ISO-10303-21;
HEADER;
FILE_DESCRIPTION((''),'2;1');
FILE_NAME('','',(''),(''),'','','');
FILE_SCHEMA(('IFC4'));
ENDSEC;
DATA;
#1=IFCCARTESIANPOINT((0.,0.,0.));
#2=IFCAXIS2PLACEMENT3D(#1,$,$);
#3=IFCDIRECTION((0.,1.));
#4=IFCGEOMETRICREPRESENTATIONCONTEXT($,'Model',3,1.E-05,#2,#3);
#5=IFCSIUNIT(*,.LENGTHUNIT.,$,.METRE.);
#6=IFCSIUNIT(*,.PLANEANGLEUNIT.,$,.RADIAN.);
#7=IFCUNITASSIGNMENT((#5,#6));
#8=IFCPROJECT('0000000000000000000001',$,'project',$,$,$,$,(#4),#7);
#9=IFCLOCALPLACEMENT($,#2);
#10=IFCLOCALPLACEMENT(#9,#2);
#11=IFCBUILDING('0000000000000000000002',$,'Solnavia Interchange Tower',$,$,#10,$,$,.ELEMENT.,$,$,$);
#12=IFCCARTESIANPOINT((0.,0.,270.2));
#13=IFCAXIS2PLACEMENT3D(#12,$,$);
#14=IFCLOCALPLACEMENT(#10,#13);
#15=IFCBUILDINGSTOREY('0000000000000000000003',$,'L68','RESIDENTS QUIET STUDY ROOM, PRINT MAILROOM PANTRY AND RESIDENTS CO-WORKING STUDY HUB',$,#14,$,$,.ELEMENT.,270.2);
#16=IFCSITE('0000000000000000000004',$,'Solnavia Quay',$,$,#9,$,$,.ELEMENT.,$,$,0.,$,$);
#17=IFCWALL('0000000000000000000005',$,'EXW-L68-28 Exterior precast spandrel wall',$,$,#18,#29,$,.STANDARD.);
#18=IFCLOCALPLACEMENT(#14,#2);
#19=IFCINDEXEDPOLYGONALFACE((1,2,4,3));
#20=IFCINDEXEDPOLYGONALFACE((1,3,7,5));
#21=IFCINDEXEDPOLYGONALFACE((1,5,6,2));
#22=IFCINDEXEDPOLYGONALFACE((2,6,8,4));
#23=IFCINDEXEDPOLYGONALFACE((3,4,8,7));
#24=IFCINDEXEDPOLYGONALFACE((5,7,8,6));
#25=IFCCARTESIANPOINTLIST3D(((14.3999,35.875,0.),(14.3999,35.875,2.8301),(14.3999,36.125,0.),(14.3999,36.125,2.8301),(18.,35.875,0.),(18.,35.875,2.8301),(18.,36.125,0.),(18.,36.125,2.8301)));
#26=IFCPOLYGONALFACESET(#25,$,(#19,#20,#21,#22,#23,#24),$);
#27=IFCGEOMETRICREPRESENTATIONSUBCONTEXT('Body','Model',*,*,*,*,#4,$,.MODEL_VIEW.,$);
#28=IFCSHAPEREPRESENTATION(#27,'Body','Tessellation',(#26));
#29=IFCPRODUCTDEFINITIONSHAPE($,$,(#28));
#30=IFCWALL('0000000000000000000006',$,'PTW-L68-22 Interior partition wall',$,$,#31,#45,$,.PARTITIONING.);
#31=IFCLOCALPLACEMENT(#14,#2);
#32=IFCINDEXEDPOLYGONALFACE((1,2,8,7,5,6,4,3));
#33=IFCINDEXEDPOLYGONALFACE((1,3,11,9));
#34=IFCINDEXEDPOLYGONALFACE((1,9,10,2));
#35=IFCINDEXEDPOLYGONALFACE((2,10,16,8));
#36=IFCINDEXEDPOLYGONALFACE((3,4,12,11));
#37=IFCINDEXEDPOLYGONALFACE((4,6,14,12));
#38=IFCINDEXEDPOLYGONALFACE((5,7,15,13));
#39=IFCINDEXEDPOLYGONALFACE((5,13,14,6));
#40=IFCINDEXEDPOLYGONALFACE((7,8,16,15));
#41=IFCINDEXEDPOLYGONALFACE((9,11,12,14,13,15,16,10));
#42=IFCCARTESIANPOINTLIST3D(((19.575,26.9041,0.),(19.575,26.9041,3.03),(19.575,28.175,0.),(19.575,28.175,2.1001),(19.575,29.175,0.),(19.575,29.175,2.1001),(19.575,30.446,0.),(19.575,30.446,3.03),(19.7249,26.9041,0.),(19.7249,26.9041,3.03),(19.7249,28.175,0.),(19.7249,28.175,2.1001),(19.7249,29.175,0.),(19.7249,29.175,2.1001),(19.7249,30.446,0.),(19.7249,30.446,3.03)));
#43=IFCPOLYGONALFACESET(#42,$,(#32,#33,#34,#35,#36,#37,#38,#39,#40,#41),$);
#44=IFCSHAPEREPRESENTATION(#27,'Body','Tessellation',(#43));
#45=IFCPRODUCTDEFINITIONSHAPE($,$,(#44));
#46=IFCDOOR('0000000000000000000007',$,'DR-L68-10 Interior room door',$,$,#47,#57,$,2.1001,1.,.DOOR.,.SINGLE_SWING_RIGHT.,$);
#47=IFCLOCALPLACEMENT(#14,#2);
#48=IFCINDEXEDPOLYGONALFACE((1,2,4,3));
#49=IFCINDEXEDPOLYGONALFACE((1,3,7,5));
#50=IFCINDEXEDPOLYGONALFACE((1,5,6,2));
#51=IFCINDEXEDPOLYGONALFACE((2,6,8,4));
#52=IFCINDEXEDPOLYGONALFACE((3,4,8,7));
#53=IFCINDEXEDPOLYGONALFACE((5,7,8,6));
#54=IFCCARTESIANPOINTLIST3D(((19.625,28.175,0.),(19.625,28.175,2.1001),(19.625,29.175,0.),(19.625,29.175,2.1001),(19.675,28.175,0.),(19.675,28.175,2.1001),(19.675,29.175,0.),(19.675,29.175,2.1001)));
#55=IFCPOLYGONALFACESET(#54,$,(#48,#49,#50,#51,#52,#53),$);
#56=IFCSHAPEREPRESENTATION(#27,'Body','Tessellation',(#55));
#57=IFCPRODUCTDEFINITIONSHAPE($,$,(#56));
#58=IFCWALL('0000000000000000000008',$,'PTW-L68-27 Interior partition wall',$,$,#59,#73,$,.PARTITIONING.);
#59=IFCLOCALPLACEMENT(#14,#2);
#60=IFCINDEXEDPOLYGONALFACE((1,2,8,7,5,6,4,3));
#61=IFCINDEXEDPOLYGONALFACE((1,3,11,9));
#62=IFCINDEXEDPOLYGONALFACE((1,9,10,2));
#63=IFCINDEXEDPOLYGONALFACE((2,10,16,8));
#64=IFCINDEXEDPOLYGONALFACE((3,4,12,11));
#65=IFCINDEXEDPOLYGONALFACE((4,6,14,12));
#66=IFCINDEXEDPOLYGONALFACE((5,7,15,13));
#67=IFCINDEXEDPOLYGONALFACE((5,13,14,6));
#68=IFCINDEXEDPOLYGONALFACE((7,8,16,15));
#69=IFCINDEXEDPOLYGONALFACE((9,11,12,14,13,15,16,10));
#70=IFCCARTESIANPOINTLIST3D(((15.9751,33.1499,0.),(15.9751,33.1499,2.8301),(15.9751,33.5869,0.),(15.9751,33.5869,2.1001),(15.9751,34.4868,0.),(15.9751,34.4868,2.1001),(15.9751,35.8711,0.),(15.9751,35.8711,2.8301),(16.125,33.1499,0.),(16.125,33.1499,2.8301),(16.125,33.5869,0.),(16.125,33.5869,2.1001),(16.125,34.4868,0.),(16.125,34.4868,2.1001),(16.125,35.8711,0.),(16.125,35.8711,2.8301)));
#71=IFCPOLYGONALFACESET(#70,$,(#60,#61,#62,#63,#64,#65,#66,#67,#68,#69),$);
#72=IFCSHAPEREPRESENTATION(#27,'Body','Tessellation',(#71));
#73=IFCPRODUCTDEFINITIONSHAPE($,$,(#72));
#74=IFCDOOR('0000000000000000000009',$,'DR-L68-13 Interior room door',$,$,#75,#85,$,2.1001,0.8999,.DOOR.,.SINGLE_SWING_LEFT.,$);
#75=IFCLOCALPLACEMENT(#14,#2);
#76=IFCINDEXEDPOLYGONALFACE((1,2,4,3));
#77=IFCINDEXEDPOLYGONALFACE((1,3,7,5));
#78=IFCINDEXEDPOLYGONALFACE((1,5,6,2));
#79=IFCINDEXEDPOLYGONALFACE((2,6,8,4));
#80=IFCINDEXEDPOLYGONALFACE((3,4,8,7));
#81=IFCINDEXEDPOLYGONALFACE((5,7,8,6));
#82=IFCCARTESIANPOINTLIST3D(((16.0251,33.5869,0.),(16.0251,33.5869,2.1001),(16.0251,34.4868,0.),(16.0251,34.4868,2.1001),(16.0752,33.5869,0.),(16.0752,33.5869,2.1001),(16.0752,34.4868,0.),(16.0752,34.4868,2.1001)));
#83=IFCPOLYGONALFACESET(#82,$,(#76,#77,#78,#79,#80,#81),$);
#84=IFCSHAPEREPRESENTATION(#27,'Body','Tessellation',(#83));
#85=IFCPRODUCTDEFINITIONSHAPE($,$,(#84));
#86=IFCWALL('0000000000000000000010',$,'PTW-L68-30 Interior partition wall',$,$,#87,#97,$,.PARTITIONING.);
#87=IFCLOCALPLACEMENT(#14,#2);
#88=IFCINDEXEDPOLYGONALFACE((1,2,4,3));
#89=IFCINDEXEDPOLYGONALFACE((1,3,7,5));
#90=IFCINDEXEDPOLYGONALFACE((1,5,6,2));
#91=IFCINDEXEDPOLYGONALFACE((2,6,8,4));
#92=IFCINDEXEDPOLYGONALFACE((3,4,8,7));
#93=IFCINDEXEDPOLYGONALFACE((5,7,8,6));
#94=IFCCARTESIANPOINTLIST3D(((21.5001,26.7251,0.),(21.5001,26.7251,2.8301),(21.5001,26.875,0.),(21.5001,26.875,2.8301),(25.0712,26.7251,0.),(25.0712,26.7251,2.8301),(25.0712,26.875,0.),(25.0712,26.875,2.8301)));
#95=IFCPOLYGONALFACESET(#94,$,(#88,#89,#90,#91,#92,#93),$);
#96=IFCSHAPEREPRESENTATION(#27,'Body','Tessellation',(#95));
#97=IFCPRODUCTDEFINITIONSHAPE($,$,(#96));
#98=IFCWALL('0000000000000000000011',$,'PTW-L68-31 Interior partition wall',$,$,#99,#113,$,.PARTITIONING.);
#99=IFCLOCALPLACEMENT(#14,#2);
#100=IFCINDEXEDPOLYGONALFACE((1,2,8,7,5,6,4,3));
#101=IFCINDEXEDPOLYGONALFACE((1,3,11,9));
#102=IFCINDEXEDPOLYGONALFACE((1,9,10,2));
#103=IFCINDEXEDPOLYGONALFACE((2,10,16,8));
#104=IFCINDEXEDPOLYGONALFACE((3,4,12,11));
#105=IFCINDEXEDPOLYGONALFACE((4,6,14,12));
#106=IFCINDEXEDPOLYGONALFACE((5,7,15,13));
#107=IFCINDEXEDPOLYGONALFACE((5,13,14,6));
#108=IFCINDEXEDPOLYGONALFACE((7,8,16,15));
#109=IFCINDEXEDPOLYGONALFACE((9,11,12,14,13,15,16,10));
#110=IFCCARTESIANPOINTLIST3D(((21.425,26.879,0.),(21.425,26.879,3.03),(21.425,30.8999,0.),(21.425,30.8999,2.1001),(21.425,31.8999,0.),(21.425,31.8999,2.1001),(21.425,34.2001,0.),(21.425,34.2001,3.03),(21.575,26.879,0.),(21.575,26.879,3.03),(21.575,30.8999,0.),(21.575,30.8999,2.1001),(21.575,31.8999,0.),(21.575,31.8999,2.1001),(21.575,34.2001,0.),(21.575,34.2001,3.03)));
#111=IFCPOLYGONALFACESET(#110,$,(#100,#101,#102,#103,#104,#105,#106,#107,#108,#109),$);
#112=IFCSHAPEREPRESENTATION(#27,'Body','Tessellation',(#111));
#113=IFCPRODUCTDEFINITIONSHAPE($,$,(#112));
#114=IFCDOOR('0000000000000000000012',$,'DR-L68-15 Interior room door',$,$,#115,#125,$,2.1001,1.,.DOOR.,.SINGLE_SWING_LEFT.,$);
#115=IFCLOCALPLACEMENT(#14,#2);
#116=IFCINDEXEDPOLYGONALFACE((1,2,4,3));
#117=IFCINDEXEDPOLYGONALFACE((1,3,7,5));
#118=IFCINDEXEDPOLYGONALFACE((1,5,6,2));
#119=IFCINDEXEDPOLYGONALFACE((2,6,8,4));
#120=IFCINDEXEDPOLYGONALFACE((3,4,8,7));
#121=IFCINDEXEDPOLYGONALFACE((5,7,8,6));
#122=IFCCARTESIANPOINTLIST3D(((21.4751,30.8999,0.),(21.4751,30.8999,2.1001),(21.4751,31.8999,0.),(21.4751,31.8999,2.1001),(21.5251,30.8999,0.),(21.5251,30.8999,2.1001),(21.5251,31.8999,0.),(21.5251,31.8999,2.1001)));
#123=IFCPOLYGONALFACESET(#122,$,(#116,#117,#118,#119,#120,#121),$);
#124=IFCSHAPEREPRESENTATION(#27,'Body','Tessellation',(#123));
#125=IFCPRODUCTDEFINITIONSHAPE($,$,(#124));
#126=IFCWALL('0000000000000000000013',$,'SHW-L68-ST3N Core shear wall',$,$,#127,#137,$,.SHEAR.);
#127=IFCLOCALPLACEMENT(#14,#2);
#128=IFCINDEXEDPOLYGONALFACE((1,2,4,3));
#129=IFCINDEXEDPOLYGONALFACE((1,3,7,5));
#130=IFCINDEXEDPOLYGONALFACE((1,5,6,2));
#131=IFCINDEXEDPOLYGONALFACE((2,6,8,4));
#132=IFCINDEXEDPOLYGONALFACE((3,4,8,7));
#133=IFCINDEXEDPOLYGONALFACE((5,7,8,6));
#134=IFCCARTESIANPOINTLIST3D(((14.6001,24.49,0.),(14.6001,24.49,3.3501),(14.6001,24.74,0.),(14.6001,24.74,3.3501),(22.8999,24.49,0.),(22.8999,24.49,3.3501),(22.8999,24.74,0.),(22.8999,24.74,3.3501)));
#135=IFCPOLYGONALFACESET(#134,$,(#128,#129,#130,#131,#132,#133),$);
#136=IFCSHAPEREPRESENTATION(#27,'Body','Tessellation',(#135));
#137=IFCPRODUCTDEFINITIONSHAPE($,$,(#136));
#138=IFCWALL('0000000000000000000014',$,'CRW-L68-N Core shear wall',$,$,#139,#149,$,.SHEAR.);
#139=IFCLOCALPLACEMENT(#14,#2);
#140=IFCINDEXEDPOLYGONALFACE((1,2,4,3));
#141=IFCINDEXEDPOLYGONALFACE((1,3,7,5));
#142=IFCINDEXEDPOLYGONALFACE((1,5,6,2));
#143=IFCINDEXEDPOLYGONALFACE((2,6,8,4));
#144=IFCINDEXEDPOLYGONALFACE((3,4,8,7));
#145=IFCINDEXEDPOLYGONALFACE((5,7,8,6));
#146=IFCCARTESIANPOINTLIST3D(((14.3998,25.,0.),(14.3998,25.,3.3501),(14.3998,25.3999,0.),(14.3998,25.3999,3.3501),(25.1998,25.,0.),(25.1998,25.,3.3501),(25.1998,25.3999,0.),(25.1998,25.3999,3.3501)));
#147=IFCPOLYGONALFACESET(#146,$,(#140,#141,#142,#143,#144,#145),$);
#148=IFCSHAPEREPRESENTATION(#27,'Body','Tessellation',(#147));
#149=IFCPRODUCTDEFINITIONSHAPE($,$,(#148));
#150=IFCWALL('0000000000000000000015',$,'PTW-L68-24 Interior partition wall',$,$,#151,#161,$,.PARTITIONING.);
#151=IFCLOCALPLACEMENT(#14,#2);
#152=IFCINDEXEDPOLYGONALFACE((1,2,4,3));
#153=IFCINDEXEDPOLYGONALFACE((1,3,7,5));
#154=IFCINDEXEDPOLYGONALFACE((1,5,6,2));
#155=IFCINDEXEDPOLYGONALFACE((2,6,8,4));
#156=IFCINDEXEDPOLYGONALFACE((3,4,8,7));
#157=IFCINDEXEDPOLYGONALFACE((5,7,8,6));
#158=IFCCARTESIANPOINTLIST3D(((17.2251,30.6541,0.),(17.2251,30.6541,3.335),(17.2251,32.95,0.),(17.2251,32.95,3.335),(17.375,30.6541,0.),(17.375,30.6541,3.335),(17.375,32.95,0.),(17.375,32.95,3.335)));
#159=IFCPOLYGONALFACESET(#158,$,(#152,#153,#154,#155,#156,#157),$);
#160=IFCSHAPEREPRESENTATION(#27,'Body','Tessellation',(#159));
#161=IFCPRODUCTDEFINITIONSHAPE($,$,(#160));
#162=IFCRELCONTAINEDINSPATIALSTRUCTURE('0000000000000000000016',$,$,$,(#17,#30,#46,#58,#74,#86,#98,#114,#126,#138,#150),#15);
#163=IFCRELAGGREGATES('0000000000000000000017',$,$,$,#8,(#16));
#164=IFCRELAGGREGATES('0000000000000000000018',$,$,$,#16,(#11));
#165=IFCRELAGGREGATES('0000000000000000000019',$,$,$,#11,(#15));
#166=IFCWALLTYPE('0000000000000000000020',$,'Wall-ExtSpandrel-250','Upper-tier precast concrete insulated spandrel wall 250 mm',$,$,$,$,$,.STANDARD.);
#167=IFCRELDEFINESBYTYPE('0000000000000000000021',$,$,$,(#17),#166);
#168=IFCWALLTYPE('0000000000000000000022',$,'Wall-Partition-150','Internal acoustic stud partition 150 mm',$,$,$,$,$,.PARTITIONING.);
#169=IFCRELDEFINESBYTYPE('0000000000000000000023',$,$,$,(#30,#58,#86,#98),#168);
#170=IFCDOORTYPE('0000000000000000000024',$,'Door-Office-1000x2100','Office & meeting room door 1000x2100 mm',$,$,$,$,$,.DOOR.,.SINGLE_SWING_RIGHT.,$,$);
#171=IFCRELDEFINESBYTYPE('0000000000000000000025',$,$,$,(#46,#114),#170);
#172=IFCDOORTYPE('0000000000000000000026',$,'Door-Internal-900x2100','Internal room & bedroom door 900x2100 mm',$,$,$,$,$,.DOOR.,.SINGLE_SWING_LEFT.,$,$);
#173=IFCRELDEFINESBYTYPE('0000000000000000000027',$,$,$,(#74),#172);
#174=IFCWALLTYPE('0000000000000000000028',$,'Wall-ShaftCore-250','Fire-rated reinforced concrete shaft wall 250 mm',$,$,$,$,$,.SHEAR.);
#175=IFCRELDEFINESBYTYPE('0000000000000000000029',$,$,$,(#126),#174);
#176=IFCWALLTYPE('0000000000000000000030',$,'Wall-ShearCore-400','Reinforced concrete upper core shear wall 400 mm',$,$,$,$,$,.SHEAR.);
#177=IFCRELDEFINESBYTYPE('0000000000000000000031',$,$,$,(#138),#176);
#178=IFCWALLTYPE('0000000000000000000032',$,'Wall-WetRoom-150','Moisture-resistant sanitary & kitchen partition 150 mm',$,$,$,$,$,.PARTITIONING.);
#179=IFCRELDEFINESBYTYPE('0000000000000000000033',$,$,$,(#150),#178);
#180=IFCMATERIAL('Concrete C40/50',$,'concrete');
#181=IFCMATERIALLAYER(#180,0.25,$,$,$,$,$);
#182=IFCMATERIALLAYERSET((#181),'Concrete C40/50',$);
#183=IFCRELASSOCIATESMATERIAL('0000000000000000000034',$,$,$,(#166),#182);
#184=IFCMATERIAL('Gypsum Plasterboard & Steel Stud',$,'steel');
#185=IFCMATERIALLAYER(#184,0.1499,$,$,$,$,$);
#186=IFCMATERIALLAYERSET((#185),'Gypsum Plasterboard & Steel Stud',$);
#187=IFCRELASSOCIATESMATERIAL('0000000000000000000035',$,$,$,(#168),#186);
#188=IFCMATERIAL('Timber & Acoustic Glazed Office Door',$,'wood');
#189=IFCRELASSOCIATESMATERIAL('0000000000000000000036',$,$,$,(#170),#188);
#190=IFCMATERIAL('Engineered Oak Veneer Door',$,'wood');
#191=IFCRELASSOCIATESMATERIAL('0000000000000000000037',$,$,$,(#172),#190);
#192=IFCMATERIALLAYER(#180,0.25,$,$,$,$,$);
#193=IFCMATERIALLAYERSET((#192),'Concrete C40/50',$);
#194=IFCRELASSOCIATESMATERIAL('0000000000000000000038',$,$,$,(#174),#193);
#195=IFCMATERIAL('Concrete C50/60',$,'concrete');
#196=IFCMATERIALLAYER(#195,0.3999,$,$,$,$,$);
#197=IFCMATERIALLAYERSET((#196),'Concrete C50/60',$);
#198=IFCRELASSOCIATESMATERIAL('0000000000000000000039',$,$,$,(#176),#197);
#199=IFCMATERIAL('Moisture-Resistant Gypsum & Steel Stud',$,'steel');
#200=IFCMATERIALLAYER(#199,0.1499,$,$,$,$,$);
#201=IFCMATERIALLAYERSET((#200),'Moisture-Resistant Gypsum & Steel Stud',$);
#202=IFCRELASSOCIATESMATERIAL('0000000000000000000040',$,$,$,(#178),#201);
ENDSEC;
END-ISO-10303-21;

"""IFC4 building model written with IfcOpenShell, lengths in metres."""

from ifc_helpers import new_model, si_unit, direction, frame, frame_2d, origin, place, context, subcontext, project, spatial, rectangle, extrude, material, layer, layer_set, type_object, element, fill, save


model = new_model("IFC4")

# Units and contexts
model_context = context("Model", 3, precision=1e-05, world=origin(), true_north=direction((0.0, 1.0)))
body_context = subcontext(model_context, "Body", "Model", "MODEL_VIEW")
ifc_project = project(units=[si_unit("LENGTHUNIT", "METRE"), si_unit("PLANEANGLEUNIT", "RADIAN")], contexts=[model_context])

# Site, building, storey
site_placement = place(None, origin())
site = spatial("IfcSite", under=ifc_project, at=site_placement, Name="Solnavia Quay", CompositionType="ELEMENT", RefElevation=0.0)
building_placement = place(site_placement, origin())
building = spatial("IfcBuilding", under=site, at=building_placement, Name="Solnavia Interchange Tower", CompositionType="ELEMENT")
storey_placement = place(building_placement, frame((0.0, 0.0, 270.2)))
storey = spatial("IfcBuildingStorey", under=building, at=storey_placement, Name="L68", Description="RESIDENTS QUIET STUDY ROOM, PRINT MAILROOM PANTRY AND RESIDENTS CO-WORKING STUDY HUB", CompositionType="ELEMENT", Elevation=270.2)

# Shared definitions
ifc_material_1 = material(Name="Concrete C50/60", Category="concrete")

# Wall
ifc_material_2 = material(Name="Concrete C40/50", Category="concrete")
ifc_layer_1 = layer(ifc_material_2, 0.25)
ifc_layer_set_1 = layer_set([ifc_layer_1], Name="Concrete C40/50")
wall_type_1 = type_object("IfcWallType", Name="Wall-ExtSpandrel-250", Description="Upper-tier precast concrete insulated spandrel wall 250 mm", PredefinedType="STANDARD", material=ifc_layer_set_1)
for number, where, z_axis, x_axis, name in (
    (1, (14.3999, 36.0, 0.0), (0.0, 0.0, 1.0), (1.0, 0.0, 0.0), "EXW-L68-28 Exterior precast spandrel wall"),
):
    element("IfcWall", number, at=place(storey_placement, frame(where, z_axis=z_axis, x_axis=x_axis)), inside=storey, type_object=wall_type_1, Name=name, PredefinedType="STANDARD", context=body_context, shape_type="SweptSolid", body=[
        extrude(rectangle(XDim=3.6001, YDim=0.25, at=frame_2d((1.8, 0.0))), origin(), (0.0, 0.0, 1.0), 2.8301),
    ])

# Walls, openings, doors
ifc_material_3 = material(Name="Gypsum Plasterboard & Steel Stud", Category="steel")
ifc_layer_2 = layer(ifc_material_3, 0.1499)
ifc_layer_set_2 = layer_set([ifc_layer_2], Name="Gypsum Plasterboard & Steel Stud")
wall_type_2 = type_object("IfcWallType", Name="Wall-Partition-150", Description="Internal acoustic stud partition 150 mm", PredefinedType="PARTITIONING", material=ifc_layer_set_2)
wall_1_placement = place(storey_placement, frame((19.6499, 26.9041, 0.0), z_axis=(0.0, 0.0, 1.0), x_axis=(0.0, 1.0, 0.0)))
wall_1 = element("IfcWall", 2, at=wall_1_placement, inside=storey, type_object=wall_type_2, Name="PTW-L68-22 Interior partition wall", PredefinedType="PARTITIONING", context=body_context, shape_type="SweptSolid", body=[
    extrude(rectangle(XDim=3.542, YDim=0.1499, at=frame_2d((1.771, 0.0))), origin(), (0.0, 0.0, 1.0), 3.03),
])
opening_1_placement = place(wall_1_placement, frame((1.271, 0.0, 0.0)))
opening_1 = element("IfcOpeningElement", 3, at=opening_1_placement, cuts=wall_1, PredefinedType="OPENING", context=body_context, shape_type="SweptSolid", body=[
    extrude(rectangle(XDim=1.0, YDim=2.1001, at=frame_2d((0.5, 1.05))), frame((0.0, 0.085, 0.0), z_axis=(0.0, -1.0, 0.0), x_axis=(1.0, 0.0, 0.0)), (0.0, 0.0, 1.0), 0.1699),
])
ifc_material_4 = material(Name="Timber & Acoustic Glazed Office Door", Category="wood")
door_type_1 = type_object("IfcDoorType", Name="Door-Office-1000x2100", Description="Office & meeting room door 1000x2100 mm", OperationType="SINGLE_SWING_RIGHT", PredefinedType="DOOR", material=ifc_material_4)
door_1_placement = place(opening_1_placement, origin())
door_1 = element("IfcDoor", 4, at=door_1_placement, inside=storey, type_object=door_type_1, Name="DR-L68-10 Interior room door", OperationType="SINGLE_SWING_RIGHT", OverallHeight=2.1001, OverallWidth=1.0, PredefinedType="DOOR", context=body_context, shape_type="SweptSolid", body=[
    extrude(rectangle(XDim=1.0, YDim=2.1001, at=frame_2d((0.5, 1.05))), frame((0.0, 0.0249, 0.0), z_axis=(0.0, -1.0, 0.0), x_axis=(1.0, 0.0, 0.0)), (0.0, 0.0, 1.0), 0.05),
])
fill(opening_1, door_1)
wall_2_placement = place(storey_placement, frame((16.05, 33.1499, 0.0), z_axis=(0.0, 0.0, 1.0), x_axis=(0.0, 1.0, 0.0)))
wall_2 = element("IfcWall", 5, at=wall_2_placement, inside=storey, type_object=wall_type_2, Name="PTW-L68-27 Interior partition wall", PredefinedType="PARTITIONING", context=body_context, shape_type="SweptSolid", body=[
    extrude(rectangle(XDim=2.7212, YDim=0.1499, at=frame_2d((1.3606, 0.0))), origin(), (0.0, 0.0, 1.0), 2.8301),
])
opening_2_placement = place(wall_2_placement, frame((0.437, 0.0, 0.0)))
opening_2 = element("IfcOpeningElement", 6, at=opening_2_placement, cuts=wall_2, PredefinedType="OPENING", context=body_context, shape_type="SweptSolid", body=[
    extrude(rectangle(XDim=0.8999, YDim=2.1001, at=frame_2d((0.45, 1.05))), frame((0.0, 0.085, 0.0), z_axis=(0.0, -1.0, 0.0), x_axis=(1.0, 0.0, 0.0)), (0.0, 0.0, 1.0), 0.1699),
])
ifc_material_5 = material(Name="Engineered Oak Veneer Door", Category="wood")
door_type_2 = type_object("IfcDoorType", Name="Door-Internal-900x2100", Description="Internal room & bedroom door 900x2100 mm", OperationType="SINGLE_SWING_LEFT", PredefinedType="DOOR", material=ifc_material_5)
door_2_placement = place(opening_2_placement, origin())
door_2 = element("IfcDoor", 7, at=door_2_placement, inside=storey, type_object=door_type_2, Name="DR-L68-13 Interior room door", OperationType="SINGLE_SWING_LEFT", OverallHeight=2.1001, OverallWidth=0.8999, PredefinedType="DOOR", context=body_context, shape_type="SweptSolid", body=[
    extrude(rectangle(XDim=0.8999, YDim=2.1001, at=frame_2d((0.45, 1.05))), frame((0.0, 0.0249, 0.0), z_axis=(0.0, -1.0, 0.0), x_axis=(1.0, 0.0, 0.0)), (0.0, 0.0, 1.0), 0.05),
])
fill(opening_2, door_2)

# Wall
wall_3_placement = place(storey_placement, frame((21.5, 26.8, 0.0), z_axis=(0.0, 0.0, 1.0), x_axis=(1.0, 0.0, 0.0)))
element("IfcWall", 8, at=wall_3_placement, inside=storey, type_object=wall_type_2, Name="PTW-L68-30 Interior partition wall", PredefinedType="PARTITIONING", context=body_context, shape_type="SweptSolid", body=[
    extrude(rectangle(XDim=3.571, YDim=0.1499, at=frame_2d((1.7856, 0.0))), origin(), (0.0, 0.0, 1.0), 2.8301),
])

# Wall, opening, door
wall_4_placement = place(storey_placement, frame((21.5, 26.8789, 0.0), z_axis=(0.0, 0.0, 1.0), x_axis=(0.0, 1.0, 0.0)))
wall_4 = element("IfcWall", 9, at=wall_4_placement, inside=storey, type_object=wall_type_2, Name="PTW-L68-31 Interior partition wall", PredefinedType="PARTITIONING", context=body_context, shape_type="SweptSolid", body=[
    extrude(rectangle(XDim=7.321, YDim=0.1499, at=frame_2d((3.6606, 0.0))), origin(), (0.0, 0.0, 1.0), 3.03),
])
opening_3_placement = place(wall_4_placement, frame((4.021, 0.0, 0.0)))
opening_3 = element("IfcOpeningElement", 10, at=opening_3_placement, cuts=wall_4, PredefinedType="OPENING", context=body_context, shape_type="SweptSolid", body=[
    extrude(rectangle(XDim=1.0, YDim=2.1001, at=frame_2d((0.5, 1.05))), frame((0.0, 0.085, 0.0), z_axis=(0.0, -1.0, 0.0), x_axis=(1.0, 0.0, 0.0)), (0.0, 0.0, 1.0), 0.1699),
])
door_3_placement = place(opening_3_placement, origin())
door_3 = element("IfcDoor", 11, at=door_3_placement, inside=storey, type_object=door_type_1, Name="DR-L68-15 Interior room door", OperationType="SINGLE_SWING_LEFT", OverallHeight=2.1001, OverallWidth=1.0, PredefinedType="DOOR", context=body_context, shape_type="SweptSolid", body=[
    extrude(rectangle(XDim=1.0, YDim=2.1001, at=frame_2d((0.5, 1.05))), frame((0.0, 0.0249, 0.0), z_axis=(0.0, -1.0, 0.0), x_axis=(1.0, 0.0, 0.0)), (0.0, 0.0, 1.0), 0.05),
])
fill(opening_3, door_3)

# Walls
ifc_layer_3 = layer(ifc_material_2, 0.25)
ifc_layer_set_3 = layer_set([ifc_layer_3], Name="Concrete C40/50")
wall_type_3 = type_object("IfcWallType", Name="Wall-ShaftCore-250", Description="Fire-rated reinforced concrete shaft wall 250 mm", PredefinedType="SHEAR", material=ifc_layer_set_3)
wall_5_placement = place(storey_placement, frame((14.6001, 24.615, 0.0), z_axis=(0.0, 0.0, 1.0), x_axis=(1.0, 0.0, 0.0)))
element("IfcWall", 12, at=wall_5_placement, inside=storey, type_object=wall_type_3, Name="SHW-L68-ST3N Core shear wall", PredefinedType="SHEAR", context=body_context, shape_type="SweptSolid", body=[
    extrude(rectangle(XDim=8.2998, YDim=0.25, at=frame_2d((4.1499, 0.0))), origin(), (0.0, 0.0, 1.0), 3.3501),
])
ifc_layer_4 = layer(ifc_material_1, 0.3999)
ifc_layer_set_4 = layer_set([ifc_layer_4], Name="Concrete C50/60")
wall_type_4 = type_object("IfcWallType", Name="Wall-ShearCore-400", Description="Reinforced concrete upper core shear wall 400 mm", PredefinedType="SHEAR", material=ifc_layer_set_4)
wall_6_placement = place(storey_placement, frame((14.3999, 25.2, 0.0), z_axis=(0.0, 0.0, 1.0), x_axis=(1.0, 0.0, 0.0)))
element("IfcWall", 13, at=wall_6_placement, inside=storey, type_object=wall_type_4, Name="CRW-L68-N Core shear wall", PredefinedType="SHEAR", context=body_context, shape_type="SweptSolid", body=[
    extrude(rectangle(XDim=10.8, YDim=0.3999, at=frame_2d((5.3999, 0.0))), origin(), (0.0, 0.0, 1.0), 3.3501),
])
ifc_material_6 = material(Name="Moisture-Resistant Gypsum & Steel Stud", Category="steel")
ifc_layer_5 = layer(ifc_material_6, 0.1499)
ifc_layer_set_5 = layer_set([ifc_layer_5], Name="Moisture-Resistant Gypsum & Steel Stud")
wall_type_5 = type_object("IfcWallType", Name="Wall-WetRoom-150", Description="Moisture-resistant sanitary & kitchen partition 150 mm", PredefinedType="PARTITIONING", material=ifc_layer_set_5)
wall_7_placement = place(storey_placement, frame((17.3, 30.6541, 0.0), z_axis=(0.0, 0.0, 1.0), x_axis=(0.0, 1.0, 0.0)))
element("IfcWall", 14, at=wall_7_placement, inside=storey, type_object=wall_type_5, Name="PTW-L68-24 Interior partition wall", PredefinedType="PARTITIONING", context=body_context, shape_type="SweptSolid", body=[
    extrude(rectangle(XDim=2.2959, YDim=0.1499, at=frame_2d((1.1479, 0.0))), origin(), (0.0, 0.0, 1.0), 3.335),
])

save(model, "model.ifc")
